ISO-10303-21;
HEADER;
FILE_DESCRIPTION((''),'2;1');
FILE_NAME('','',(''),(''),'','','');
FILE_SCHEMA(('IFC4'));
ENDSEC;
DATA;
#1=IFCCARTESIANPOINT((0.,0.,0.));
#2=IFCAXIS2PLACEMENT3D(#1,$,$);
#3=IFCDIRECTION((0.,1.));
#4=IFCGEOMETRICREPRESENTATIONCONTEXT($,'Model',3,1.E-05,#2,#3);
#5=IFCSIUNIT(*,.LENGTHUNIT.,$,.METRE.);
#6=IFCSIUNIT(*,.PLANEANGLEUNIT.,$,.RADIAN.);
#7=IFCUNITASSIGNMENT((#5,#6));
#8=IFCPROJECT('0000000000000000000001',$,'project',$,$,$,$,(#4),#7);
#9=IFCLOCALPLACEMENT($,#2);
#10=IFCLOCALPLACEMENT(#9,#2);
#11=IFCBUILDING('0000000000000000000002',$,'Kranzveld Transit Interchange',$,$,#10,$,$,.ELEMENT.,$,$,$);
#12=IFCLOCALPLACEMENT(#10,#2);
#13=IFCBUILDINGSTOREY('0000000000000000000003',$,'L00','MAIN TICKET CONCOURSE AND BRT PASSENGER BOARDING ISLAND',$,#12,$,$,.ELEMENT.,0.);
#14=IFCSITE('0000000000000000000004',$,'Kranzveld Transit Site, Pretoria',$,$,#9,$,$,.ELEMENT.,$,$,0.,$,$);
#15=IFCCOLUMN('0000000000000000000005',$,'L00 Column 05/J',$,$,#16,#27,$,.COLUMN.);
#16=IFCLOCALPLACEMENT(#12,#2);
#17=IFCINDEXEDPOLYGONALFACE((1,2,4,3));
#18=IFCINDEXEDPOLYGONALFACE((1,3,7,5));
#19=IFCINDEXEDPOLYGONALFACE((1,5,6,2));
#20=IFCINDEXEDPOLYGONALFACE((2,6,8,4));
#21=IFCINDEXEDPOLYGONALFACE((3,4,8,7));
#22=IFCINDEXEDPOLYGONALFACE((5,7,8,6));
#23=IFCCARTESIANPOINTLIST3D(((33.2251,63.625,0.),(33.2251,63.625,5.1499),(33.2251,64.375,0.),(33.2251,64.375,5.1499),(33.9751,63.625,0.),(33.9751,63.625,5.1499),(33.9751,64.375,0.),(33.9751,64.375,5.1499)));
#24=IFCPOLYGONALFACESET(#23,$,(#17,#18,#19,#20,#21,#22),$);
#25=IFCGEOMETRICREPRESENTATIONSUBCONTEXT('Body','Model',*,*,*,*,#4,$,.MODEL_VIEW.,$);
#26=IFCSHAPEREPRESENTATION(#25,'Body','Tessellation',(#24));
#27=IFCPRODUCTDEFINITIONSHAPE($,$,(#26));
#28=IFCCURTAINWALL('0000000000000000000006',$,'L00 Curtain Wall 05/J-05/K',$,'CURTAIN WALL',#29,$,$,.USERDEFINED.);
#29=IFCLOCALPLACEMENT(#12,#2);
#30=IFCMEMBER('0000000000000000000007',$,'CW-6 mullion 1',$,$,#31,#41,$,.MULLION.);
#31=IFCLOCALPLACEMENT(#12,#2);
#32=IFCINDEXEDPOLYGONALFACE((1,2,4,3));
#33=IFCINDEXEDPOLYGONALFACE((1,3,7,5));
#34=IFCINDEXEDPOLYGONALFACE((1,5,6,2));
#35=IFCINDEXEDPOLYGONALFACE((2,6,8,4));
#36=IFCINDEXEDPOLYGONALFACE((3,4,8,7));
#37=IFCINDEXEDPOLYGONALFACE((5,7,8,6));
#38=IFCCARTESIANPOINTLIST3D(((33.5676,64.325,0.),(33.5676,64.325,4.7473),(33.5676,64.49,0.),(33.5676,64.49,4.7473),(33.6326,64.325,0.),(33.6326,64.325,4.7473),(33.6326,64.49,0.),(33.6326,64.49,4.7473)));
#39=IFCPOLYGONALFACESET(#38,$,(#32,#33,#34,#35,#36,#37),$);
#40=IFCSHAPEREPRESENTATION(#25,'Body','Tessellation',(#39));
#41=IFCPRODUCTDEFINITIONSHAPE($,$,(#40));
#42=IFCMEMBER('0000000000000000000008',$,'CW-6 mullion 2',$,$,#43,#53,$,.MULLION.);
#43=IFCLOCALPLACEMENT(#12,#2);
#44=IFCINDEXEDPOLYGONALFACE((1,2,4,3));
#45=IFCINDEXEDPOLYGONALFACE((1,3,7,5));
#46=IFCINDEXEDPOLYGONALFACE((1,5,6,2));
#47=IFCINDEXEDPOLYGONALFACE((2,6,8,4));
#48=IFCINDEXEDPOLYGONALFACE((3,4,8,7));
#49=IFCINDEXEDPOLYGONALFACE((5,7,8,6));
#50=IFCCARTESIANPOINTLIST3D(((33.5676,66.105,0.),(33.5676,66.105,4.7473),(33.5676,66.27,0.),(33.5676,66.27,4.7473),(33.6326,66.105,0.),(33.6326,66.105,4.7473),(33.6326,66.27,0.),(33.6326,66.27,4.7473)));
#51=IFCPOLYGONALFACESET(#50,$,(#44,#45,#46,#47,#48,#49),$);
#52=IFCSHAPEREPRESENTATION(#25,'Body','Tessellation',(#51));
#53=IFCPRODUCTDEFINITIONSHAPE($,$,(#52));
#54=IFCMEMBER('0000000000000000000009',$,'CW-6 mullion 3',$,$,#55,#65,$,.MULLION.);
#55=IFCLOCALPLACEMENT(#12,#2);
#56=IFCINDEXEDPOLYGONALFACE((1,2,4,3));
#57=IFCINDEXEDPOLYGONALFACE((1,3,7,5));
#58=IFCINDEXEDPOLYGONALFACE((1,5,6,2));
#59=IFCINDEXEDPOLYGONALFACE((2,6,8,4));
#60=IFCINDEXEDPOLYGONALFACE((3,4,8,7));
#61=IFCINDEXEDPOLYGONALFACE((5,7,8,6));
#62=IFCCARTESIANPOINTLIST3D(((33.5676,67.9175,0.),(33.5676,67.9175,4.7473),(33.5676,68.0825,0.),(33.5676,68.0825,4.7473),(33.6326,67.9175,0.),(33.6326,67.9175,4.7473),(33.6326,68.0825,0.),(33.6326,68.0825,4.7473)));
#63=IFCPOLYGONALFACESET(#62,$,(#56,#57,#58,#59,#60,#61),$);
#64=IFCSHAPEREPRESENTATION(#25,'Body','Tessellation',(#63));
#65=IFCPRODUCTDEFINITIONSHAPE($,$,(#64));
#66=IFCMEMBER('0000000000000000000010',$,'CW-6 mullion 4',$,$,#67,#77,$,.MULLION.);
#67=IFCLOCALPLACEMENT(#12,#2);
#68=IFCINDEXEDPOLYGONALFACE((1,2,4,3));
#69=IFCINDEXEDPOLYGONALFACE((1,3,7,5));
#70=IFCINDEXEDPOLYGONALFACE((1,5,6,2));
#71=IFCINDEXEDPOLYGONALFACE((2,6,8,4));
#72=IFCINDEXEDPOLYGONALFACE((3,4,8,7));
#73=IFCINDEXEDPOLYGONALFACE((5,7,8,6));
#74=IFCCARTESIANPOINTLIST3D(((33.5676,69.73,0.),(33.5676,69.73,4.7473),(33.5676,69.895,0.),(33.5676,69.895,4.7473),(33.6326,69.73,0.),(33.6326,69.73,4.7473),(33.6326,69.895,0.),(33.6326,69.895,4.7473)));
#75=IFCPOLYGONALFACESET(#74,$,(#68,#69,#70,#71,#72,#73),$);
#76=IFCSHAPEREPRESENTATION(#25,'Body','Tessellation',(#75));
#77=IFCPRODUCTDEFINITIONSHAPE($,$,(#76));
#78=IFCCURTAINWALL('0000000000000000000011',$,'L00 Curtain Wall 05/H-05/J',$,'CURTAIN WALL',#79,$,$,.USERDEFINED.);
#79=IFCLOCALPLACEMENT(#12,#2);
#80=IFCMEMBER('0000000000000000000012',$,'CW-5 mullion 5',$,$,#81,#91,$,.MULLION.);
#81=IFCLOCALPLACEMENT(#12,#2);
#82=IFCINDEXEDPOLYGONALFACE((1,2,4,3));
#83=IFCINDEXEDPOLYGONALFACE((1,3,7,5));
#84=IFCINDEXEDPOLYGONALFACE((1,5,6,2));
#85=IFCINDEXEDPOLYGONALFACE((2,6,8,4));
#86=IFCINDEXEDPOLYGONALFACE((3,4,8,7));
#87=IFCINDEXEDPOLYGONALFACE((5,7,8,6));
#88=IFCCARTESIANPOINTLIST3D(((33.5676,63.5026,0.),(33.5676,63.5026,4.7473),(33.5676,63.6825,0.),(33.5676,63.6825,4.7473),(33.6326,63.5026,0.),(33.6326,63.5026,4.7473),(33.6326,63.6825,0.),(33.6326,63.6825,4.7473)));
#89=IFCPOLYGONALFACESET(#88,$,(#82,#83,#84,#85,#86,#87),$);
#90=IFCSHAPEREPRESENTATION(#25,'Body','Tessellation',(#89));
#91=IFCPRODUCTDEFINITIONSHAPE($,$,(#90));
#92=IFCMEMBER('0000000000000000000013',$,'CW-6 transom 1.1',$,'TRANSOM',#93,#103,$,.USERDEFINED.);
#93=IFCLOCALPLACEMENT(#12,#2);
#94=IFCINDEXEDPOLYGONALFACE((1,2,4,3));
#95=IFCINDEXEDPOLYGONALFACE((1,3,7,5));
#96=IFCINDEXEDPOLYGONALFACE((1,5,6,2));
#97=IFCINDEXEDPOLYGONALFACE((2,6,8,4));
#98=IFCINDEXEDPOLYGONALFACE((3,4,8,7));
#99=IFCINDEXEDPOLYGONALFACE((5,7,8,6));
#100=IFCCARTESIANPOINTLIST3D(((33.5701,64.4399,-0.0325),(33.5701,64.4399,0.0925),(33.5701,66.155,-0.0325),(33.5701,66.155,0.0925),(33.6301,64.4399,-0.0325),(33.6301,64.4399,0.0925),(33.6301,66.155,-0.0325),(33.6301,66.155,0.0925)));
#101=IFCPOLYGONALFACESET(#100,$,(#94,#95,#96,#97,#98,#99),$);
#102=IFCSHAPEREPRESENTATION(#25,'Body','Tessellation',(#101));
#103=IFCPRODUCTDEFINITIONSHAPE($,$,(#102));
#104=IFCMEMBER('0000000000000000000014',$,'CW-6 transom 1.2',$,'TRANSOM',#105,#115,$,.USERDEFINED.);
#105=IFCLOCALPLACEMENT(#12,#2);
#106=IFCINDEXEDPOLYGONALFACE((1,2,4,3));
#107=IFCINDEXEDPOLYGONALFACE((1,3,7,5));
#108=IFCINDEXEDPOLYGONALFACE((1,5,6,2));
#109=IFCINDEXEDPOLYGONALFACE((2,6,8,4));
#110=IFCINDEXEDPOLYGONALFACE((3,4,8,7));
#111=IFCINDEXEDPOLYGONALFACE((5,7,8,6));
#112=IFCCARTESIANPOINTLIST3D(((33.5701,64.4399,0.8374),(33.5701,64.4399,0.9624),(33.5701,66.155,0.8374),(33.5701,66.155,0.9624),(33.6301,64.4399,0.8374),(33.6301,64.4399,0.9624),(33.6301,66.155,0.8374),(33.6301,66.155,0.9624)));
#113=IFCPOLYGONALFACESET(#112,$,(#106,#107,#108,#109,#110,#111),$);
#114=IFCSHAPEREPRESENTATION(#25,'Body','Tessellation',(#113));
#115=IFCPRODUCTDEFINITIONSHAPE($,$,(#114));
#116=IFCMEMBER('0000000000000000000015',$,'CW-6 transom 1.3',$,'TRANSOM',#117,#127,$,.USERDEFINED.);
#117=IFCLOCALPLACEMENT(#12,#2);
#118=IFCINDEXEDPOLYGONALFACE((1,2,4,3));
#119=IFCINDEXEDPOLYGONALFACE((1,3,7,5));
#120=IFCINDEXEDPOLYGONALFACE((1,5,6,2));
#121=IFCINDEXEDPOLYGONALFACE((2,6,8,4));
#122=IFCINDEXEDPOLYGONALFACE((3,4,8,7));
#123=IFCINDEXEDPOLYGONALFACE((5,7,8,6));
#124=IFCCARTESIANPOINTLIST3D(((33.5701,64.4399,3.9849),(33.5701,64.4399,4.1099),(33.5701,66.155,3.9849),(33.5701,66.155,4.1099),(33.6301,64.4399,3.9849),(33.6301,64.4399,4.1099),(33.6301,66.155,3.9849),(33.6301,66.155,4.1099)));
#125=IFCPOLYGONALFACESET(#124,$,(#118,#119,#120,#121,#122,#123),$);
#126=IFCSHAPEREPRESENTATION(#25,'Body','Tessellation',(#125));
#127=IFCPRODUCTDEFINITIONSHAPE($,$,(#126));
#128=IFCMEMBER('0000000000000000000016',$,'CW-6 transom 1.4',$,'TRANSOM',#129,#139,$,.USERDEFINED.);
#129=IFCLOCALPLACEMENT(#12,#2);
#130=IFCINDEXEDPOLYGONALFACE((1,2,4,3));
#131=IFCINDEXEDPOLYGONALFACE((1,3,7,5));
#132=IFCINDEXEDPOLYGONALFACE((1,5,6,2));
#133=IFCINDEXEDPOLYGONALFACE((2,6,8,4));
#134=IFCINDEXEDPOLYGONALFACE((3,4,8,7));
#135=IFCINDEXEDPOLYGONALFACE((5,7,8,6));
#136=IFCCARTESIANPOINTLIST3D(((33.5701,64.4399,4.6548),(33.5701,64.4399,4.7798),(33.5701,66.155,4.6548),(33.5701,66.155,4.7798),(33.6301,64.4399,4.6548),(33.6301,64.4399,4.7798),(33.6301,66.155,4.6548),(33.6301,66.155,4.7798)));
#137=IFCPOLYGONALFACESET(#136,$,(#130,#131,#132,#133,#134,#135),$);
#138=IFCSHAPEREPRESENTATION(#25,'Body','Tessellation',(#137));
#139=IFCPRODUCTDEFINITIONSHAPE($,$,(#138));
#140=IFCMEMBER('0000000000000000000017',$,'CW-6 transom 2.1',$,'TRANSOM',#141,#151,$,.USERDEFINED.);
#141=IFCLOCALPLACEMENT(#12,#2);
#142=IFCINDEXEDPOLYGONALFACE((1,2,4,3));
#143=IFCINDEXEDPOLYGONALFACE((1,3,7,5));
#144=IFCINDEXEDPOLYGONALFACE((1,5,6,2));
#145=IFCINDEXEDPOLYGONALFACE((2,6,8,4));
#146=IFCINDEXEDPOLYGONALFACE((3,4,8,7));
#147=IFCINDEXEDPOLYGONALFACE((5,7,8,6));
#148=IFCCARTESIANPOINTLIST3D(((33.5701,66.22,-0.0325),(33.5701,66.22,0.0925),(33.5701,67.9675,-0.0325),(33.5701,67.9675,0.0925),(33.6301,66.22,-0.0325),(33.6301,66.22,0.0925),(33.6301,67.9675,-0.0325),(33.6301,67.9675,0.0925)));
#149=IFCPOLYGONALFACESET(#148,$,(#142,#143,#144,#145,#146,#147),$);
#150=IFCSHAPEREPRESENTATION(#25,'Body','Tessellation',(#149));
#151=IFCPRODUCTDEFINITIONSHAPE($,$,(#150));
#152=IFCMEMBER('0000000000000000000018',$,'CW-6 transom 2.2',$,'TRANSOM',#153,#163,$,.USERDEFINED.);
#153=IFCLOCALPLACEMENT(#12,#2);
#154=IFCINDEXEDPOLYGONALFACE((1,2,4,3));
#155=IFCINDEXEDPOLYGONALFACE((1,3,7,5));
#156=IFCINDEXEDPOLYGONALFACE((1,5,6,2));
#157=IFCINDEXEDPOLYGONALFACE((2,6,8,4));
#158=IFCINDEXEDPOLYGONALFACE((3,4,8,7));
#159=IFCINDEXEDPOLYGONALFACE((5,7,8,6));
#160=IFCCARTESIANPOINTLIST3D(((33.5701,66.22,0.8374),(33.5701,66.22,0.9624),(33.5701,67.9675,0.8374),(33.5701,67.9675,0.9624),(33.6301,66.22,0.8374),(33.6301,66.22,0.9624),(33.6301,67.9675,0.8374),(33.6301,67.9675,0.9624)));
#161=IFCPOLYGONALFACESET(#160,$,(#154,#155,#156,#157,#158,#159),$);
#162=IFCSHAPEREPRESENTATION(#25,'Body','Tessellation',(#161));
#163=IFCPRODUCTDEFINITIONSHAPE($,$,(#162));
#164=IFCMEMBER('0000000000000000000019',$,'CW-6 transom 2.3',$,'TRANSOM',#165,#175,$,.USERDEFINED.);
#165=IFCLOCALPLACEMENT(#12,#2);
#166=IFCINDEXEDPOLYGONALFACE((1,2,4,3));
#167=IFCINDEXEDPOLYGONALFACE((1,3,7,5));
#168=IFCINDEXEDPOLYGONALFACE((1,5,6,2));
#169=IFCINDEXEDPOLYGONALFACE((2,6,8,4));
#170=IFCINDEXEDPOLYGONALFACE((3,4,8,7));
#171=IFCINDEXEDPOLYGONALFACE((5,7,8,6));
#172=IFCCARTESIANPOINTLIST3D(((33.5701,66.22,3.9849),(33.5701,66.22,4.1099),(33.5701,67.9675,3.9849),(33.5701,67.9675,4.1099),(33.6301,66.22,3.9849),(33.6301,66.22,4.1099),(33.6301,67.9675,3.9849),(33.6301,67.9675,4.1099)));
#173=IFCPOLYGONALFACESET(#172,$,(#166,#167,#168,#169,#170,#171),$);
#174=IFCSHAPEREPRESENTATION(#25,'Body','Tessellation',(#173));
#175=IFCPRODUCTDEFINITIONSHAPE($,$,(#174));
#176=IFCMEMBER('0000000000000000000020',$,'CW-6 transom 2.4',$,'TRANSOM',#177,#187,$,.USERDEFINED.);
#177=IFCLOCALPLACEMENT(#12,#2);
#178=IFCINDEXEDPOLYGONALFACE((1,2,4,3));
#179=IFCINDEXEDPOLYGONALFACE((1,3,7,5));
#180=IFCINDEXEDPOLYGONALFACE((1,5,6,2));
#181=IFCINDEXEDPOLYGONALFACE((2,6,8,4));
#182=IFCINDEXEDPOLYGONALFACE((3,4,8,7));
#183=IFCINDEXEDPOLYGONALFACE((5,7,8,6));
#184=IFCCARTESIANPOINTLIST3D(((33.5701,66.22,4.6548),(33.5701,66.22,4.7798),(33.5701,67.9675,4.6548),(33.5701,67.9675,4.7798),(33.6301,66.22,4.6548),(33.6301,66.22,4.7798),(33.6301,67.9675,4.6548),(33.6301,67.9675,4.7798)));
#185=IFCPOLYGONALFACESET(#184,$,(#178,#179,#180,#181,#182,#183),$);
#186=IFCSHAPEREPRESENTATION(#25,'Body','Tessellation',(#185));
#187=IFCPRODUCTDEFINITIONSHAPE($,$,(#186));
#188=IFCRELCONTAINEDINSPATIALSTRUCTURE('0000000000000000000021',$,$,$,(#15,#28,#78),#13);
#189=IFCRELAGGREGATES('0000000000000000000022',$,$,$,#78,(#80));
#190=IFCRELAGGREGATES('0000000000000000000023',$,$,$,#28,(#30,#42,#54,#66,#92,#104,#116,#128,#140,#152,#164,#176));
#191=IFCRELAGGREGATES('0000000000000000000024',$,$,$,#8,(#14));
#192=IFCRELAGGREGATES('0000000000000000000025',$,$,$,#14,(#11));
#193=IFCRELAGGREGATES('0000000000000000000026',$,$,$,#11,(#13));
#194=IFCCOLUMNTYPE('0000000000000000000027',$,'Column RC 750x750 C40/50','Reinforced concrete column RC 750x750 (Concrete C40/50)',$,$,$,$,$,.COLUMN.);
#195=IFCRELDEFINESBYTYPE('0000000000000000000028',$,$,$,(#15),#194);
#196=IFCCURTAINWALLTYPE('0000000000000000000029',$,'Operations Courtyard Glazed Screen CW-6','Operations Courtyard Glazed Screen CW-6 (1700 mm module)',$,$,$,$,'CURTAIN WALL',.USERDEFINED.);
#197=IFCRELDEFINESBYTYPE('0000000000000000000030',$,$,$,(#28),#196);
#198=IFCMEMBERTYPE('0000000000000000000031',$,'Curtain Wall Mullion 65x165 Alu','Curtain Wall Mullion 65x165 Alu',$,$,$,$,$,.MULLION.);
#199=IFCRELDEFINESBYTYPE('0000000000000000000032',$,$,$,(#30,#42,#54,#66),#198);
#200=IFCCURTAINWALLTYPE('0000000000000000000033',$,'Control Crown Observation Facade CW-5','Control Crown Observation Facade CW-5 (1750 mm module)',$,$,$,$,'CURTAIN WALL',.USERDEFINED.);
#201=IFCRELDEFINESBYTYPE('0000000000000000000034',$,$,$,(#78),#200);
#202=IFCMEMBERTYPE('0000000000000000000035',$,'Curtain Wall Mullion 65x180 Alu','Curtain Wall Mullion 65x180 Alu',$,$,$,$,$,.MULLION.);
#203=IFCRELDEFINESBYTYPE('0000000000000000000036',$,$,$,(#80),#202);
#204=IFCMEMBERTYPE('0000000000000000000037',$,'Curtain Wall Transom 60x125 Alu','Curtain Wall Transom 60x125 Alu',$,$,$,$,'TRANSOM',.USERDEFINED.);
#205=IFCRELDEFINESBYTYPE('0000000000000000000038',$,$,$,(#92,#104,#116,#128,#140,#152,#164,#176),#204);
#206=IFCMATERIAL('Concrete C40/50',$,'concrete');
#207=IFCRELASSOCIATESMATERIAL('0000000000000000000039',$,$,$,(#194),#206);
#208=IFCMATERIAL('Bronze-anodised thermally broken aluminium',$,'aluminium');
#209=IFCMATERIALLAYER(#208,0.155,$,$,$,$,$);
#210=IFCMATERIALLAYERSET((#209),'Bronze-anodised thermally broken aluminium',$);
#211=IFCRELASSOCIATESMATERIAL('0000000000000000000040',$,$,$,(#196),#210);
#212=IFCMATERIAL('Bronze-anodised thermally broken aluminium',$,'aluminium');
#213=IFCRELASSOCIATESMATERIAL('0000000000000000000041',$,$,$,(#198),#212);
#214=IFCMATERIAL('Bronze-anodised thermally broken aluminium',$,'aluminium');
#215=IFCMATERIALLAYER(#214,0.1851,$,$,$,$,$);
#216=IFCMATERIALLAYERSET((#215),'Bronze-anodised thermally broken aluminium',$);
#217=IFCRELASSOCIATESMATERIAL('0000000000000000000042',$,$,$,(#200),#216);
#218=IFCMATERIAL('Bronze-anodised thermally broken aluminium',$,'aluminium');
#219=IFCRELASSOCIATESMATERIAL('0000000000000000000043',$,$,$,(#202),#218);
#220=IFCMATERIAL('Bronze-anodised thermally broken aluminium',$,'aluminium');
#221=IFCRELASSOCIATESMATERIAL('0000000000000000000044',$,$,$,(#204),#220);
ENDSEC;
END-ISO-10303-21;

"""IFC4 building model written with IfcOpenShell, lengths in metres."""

from ifc_helpers import new_model, si_unit, direction, frame, origin, origin_2d, place, context, subcontext, project, spatial, rectangle, extrude, material, layer, layer_set, material_profile, profile_set, type_object, element, aggregate, save


model = new_model("IFC4")

# Units and contexts
model_context = context("Model", 3, precision=1e-05, world=origin(), true_north=direction((0.0, 1.0)))
body_context = subcontext(model_context, "Body", "Model", "MODEL_VIEW")
ifc_project = project(units=[si_unit("LENGTHUNIT", "METRE"), si_unit("PLANEANGLEUNIT", "RADIAN")], contexts=[model_context])

# Site, building, storey
site_placement = place(None, origin())
site = spatial("IfcSite", under=ifc_project, at=site_placement, Name="Kranzveld Transit Site, Pretoria", CompositionType="ELEMENT", RefElevation=0.0)
building_placement = place(site_placement, origin())
building = spatial("IfcBuilding", under=site, at=building_placement, Name="Kranzveld Transit Interchange", CompositionType="ELEMENT")
storey_placement = place(building_placement, origin())
storey = spatial("IfcBuildingStorey", under=building, at=storey_placement, Name="L00", Description="MAIN TICKET CONCOURSE AND BRT PASSENGER BOARDING ISLAND", CompositionType="ELEMENT", Elevation=0.0)

# Column
ifc_material_1 = material(Name="Concrete C40/50", Category="concrete")
ifc_material_profile_1 = material_profile(ifc_material_1, rectangle(XDim=0.75, YDim=0.75, at=origin_2d()), Name="RC 750x750")
ifc_profile_set_1 = profile_set([ifc_material_profile_1], Name="Concrete C40/50")
column_type = type_object("IfcColumnType", Name="Column RC 750x750 C40/50", Description="Reinforced concrete column RC 750x750 (Concrete C40/50)", PredefinedType="COLUMN", material=ifc_profile_set_1)
column_placement = place(storey_placement, frame((33.6001, 64.0, 0.0), z_axis=(0.0, 0.0, 1.0), x_axis=(1.0, 0.0, 0.0)))
element("IfcColumn", 1, at=column_placement, inside=storey, type_object=column_type, Name="L00 Column 05/J", PredefinedType="COLUMN", context=body_context, shape_type="SweptSolid", body=[
    extrude(rectangle(XDim=0.75, YDim=0.75, at=origin_2d()), origin(), (0.0, 0.0, 1.0), 5.1499),
])

# Curtain wall, members
ifc_material_2 = material(Name="Bronze-anodised thermally broken aluminium", Category="aluminium")
ifc_layer_1 = layer(ifc_material_2, 0.155)
ifc_layer_set_1 = layer_set([ifc_layer_1], Name="Bronze-anodised thermally broken aluminium")
curtain_wall_type_1 = type_object("IfcCurtainWallType", Name="Operations Courtyard Glazed Screen CW-6", Description="Operations Courtyard Glazed Screen CW-6 (1700 mm module)", ElementType="CURTAIN WALL", PredefinedType="USERDEFINED", material=ifc_layer_set_1)
curtain_wall_1_placement = place(storey_placement, origin())
curtain_wall_1 = element("IfcCurtainWall", 2, at=curtain_wall_1_placement, inside=storey, type_object=curtain_wall_type_1, Name="L00 Curtain Wall 05/J-05/K", ObjectType="CURTAIN WALL", PredefinedType="USERDEFINED")
ifc_material_3 = material(Name="Bronze-anodised thermally broken aluminium", Category="aluminium")
ifc_material_profile_2 = material_profile(ifc_material_3, rectangle(XDim=0.0649, YDim=0.165, at=origin_2d()), Name="ALU MULLION 65x165")
ifc_profile_set_2 = profile_set([ifc_material_profile_2], Name="Bronze-anodised thermally broken aluminium")
member_type_1 = type_object("IfcMemberType", Name="Curtain Wall Mullion 65x165 Alu", Description="Curtain Wall Mullion 65x165 Alu", PredefinedType="MULLION", material=ifc_profile_set_2)
member_1_placement = place(storey_placement, frame((33.6001, 64.4075, 0.0), z_axis=(0.0, 0.0, 1.0), x_axis=(-1.0, 0.0, 0.0)))
member_1 = element("IfcMember", 3, at=member_1_placement, type_object=member_type_1, Name="CW-6 mullion 1", PredefinedType="MULLION", context=body_context, shape_type="SweptSolid", body=[
    extrude(rectangle(XDim=0.0649, YDim=0.165, at=origin_2d()), origin(), (0.0, 0.0, 1.0), 4.7473),
])
member_2_placement = place(storey_placement, frame((33.6001, 66.1875, 0.0), z_axis=(0.0, 0.0, 1.0), x_axis=(-1.0, 0.0, 0.0)))
member_2 = element("IfcMember", 4, at=member_2_placement, type_object=member_type_1, Name="CW-6 mullion 2", PredefinedType="MULLION", context=body_context, shape_type="SweptSolid", body=[
    extrude(rectangle(XDim=0.0649, YDim=0.165, at=origin_2d()), origin(), (0.0, 0.0, 1.0), 4.7473),
])
member_3_placement = place(storey_placement, frame((33.6001, 68.0, 0.0), z_axis=(0.0, 0.0, 1.0), x_axis=(-1.0, 0.0, 0.0)))
member_3 = element("IfcMember", 5, at=member_3_placement, type_object=member_type_1, Name="CW-6 mullion 3", PredefinedType="MULLION", context=body_context, shape_type="SweptSolid", body=[
    extrude(rectangle(XDim=0.0649, YDim=0.165, at=origin_2d()), origin(), (0.0, 0.0, 1.0), 4.7473),
])
member_4_placement = place(storey_placement, frame((33.6001, 69.8125, 0.0), z_axis=(0.0, 0.0, 1.0), x_axis=(-1.0, 0.0, 0.0)))
member_4 = element("IfcMember", 6, at=member_4_placement, type_object=member_type_1, Name="CW-6 mullion 4", PredefinedType="MULLION", context=body_context, shape_type="SweptSolid", body=[
    extrude(rectangle(XDim=0.0649, YDim=0.165, at=origin_2d()), origin(), (0.0, 0.0, 1.0), 4.7473),
])

# Curtain wall, member
ifc_material_4 = material(Name="Bronze-anodised thermally broken aluminium", Category="aluminium")
ifc_layer_2 = layer(ifc_material_4, 0.1851)
ifc_layer_set_2 = layer_set([ifc_layer_2], Name="Bronze-anodised thermally broken aluminium")
curtain_wall_type_2 = type_object("IfcCurtainWallType", Name="Control Crown Observation Facade CW-5", Description="Control Crown Observation Facade CW-5 (1750 mm module)", ElementType="CURTAIN WALL", PredefinedType="USERDEFINED", material=ifc_layer_set_2)
curtain_wall_2_placement = place(storey_placement, origin())
curtain_wall_2 = element("IfcCurtainWall", 7, at=curtain_wall_2_placement, inside=storey, type_object=curtain_wall_type_2, Name="L00 Curtain Wall 05/H-05/J", ObjectType="CURTAIN WALL", PredefinedType="USERDEFINED")
ifc_material_5 = material(Name="Bronze-anodised thermally broken aluminium", Category="aluminium")
ifc_material_profile_3 = material_profile(ifc_material_5, rectangle(XDim=0.0649, YDim=0.1799, at=origin_2d()), Name="ALU MULLION 65x180")
ifc_profile_set_3 = profile_set([ifc_material_profile_3], Name="Bronze-anodised thermally broken aluminium")
member_type_2 = type_object("IfcMemberType", Name="Curtain Wall Mullion 65x180 Alu", Description="Curtain Wall Mullion 65x180 Alu", PredefinedType="MULLION", material=ifc_profile_set_3)
member_5_placement = place(storey_placement, frame((33.6001, 63.5925, 0.0), z_axis=(0.0, 0.0, 1.0), x_axis=(-1.0, 0.0, 0.0)))
member_5 = element("IfcMember", 8, at=member_5_placement, type_object=member_type_2, Name="CW-5 mullion 5", PredefinedType="MULLION", context=body_context, shape_type="SweptSolid", body=[
    extrude(rectangle(XDim=0.0649, YDim=0.1799, at=origin_2d()), origin(), (0.0, 0.0, 1.0), 4.7473),
])
aggregate(curtain_wall_2, [member_5])

# Members
ifc_material_6 = material(Name="Bronze-anodised thermally broken aluminium", Category="aluminium")
ifc_material_profile_4 = material_profile(ifc_material_6, rectangle(XDim=0.0601, YDim=0.125, at=origin_2d()), Name="ALU TRANSOM 60x125")
ifc_profile_set_4 = profile_set([ifc_material_profile_4], Name="Bronze-anodised thermally broken aluminium")
member_type_3 = type_object("IfcMemberType", Name="Curtain Wall Transom 60x125 Alu", Description="Curtain Wall Transom 60x125 Alu", ElementType="TRANSOM", PredefinedType="USERDEFINED", material=ifc_profile_set_4)
member_6_placement = place(storey_placement, frame((33.6001, 64.4399, 0.03), z_axis=(0.0, 1.0, 0.0), x_axis=(-1.0, 0.0, 0.0)))
member_6 = element("IfcMember", 9, at=member_6_placement, type_object=member_type_3, Name="CW-6 transom 1.1", ObjectType="TRANSOM", PredefinedType="USERDEFINED", context=body_context, shape_type="SweptSolid", body=[
    extrude(rectangle(XDim=0.0601, YDim=0.125, at=origin_2d()), origin(), (0.0, 0.0, 1.0), 1.7151),
])
member_7_placement = place(storey_placement, frame((33.6001, 64.4399, 0.8999), z_axis=(0.0, 1.0, 0.0), x_axis=(-1.0, 0.0, 0.0)))
member_7 = element("IfcMember", 10, at=member_7_placement, type_object=member_type_3, Name="CW-6 transom 1.2", ObjectType="TRANSOM", PredefinedType="USERDEFINED", context=body_context, shape_type="SweptSolid", body=[
    extrude(rectangle(XDim=0.0601, YDim=0.125, at=origin_2d()), origin(), (0.0, 0.0, 1.0), 1.7151),
])
member_8_placement = place(storey_placement, frame((33.6001, 64.4399, 4.0474), z_axis=(0.0, 1.0, 0.0), x_axis=(-1.0, 0.0, 0.0)))
member_8 = element("IfcMember", 11, at=member_8_placement, type_object=member_type_3, Name="CW-6 transom 1.3", ObjectType="TRANSOM", PredefinedType="USERDEFINED", context=body_context, shape_type="SweptSolid", body=[
    extrude(rectangle(XDim=0.0601, YDim=0.125, at=origin_2d()), origin(), (0.0, 0.0, 1.0), 1.7151),
])
member_9_placement = place(storey_placement, frame((33.6001, 64.4399, 4.7173), z_axis=(0.0, 1.0, 0.0), x_axis=(-1.0, 0.0, 0.0)))
member_9 = element("IfcMember", 12, at=member_9_placement, type_object=member_type_3, Name="CW-6 transom 1.4", ObjectType="TRANSOM", PredefinedType="USERDEFINED", context=body_context, shape_type="SweptSolid", body=[
    extrude(rectangle(XDim=0.0601, YDim=0.125, at=origin_2d()), origin(), (0.0, 0.0, 1.0), 1.7151),
])
member_10_placement = place(storey_placement, frame((33.6001, 66.22, 0.03), z_axis=(0.0, 1.0, 0.0), x_axis=(-1.0, 0.0, 0.0)))
member_10 = element("IfcMember", 13, at=member_10_placement, type_object=member_type_3, Name="CW-6 transom 2.1", ObjectType="TRANSOM", PredefinedType="USERDEFINED", context=body_context, shape_type="SweptSolid", body=[
    extrude(rectangle(XDim=0.0601, YDim=0.125, at=origin_2d()), origin(), (0.0, 0.0, 1.0), 1.7476),
])
member_11_placement = place(storey_placement, frame((33.6001, 66.22, 0.8999), z_axis=(0.0, 1.0, 0.0), x_axis=(-1.0, 0.0, 0.0)))
member_11 = element("IfcMember", 14, at=member_11_placement, type_object=member_type_3, Name="CW-6 transom 2.2", ObjectType="TRANSOM", PredefinedType="USERDEFINED", context=body_context, shape_type="SweptSolid", body=[
    extrude(rectangle(XDim=0.0601, YDim=0.125, at=origin_2d()), origin(), (0.0, 0.0, 1.0), 1.7476),
])
member_12_placement = place(storey_placement, frame((33.6001, 66.22, 4.0474), z_axis=(0.0, 1.0, 0.0), x_axis=(-1.0, 0.0, 0.0)))
member_12 = element("IfcMember", 15, at=member_12_placement, type_object=member_type_3, Name="CW-6 transom 2.3", ObjectType="TRANSOM", PredefinedType="USERDEFINED", context=body_context, shape_type="SweptSolid", body=[
    extrude(rectangle(XDim=0.0601, YDim=0.125, at=origin_2d()), origin(), (0.0, 0.0, 1.0), 1.7476),
])
member_13_placement = place(storey_placement, frame((33.6001, 66.22, 4.7173), z_axis=(0.0, 1.0, 0.0), x_axis=(-1.0, 0.0, 0.0)))
member_13 = element("IfcMember", 16, at=member_13_placement, type_object=member_type_3, Name="CW-6 transom 2.4", ObjectType="TRANSOM", PredefinedType="USERDEFINED", context=body_context, shape_type="SweptSolid", body=[
    extrude(rectangle(XDim=0.0601, YDim=0.125, at=origin_2d()), origin(), (0.0, 0.0, 1.0), 1.7476),
])

aggregate(curtain_wall_1, [member_1, member_2, member_3, member_4, member_6, member_7, member_8, member_9, member_10, member_11, member_12, member_13])

save(model, "model.ifc")
